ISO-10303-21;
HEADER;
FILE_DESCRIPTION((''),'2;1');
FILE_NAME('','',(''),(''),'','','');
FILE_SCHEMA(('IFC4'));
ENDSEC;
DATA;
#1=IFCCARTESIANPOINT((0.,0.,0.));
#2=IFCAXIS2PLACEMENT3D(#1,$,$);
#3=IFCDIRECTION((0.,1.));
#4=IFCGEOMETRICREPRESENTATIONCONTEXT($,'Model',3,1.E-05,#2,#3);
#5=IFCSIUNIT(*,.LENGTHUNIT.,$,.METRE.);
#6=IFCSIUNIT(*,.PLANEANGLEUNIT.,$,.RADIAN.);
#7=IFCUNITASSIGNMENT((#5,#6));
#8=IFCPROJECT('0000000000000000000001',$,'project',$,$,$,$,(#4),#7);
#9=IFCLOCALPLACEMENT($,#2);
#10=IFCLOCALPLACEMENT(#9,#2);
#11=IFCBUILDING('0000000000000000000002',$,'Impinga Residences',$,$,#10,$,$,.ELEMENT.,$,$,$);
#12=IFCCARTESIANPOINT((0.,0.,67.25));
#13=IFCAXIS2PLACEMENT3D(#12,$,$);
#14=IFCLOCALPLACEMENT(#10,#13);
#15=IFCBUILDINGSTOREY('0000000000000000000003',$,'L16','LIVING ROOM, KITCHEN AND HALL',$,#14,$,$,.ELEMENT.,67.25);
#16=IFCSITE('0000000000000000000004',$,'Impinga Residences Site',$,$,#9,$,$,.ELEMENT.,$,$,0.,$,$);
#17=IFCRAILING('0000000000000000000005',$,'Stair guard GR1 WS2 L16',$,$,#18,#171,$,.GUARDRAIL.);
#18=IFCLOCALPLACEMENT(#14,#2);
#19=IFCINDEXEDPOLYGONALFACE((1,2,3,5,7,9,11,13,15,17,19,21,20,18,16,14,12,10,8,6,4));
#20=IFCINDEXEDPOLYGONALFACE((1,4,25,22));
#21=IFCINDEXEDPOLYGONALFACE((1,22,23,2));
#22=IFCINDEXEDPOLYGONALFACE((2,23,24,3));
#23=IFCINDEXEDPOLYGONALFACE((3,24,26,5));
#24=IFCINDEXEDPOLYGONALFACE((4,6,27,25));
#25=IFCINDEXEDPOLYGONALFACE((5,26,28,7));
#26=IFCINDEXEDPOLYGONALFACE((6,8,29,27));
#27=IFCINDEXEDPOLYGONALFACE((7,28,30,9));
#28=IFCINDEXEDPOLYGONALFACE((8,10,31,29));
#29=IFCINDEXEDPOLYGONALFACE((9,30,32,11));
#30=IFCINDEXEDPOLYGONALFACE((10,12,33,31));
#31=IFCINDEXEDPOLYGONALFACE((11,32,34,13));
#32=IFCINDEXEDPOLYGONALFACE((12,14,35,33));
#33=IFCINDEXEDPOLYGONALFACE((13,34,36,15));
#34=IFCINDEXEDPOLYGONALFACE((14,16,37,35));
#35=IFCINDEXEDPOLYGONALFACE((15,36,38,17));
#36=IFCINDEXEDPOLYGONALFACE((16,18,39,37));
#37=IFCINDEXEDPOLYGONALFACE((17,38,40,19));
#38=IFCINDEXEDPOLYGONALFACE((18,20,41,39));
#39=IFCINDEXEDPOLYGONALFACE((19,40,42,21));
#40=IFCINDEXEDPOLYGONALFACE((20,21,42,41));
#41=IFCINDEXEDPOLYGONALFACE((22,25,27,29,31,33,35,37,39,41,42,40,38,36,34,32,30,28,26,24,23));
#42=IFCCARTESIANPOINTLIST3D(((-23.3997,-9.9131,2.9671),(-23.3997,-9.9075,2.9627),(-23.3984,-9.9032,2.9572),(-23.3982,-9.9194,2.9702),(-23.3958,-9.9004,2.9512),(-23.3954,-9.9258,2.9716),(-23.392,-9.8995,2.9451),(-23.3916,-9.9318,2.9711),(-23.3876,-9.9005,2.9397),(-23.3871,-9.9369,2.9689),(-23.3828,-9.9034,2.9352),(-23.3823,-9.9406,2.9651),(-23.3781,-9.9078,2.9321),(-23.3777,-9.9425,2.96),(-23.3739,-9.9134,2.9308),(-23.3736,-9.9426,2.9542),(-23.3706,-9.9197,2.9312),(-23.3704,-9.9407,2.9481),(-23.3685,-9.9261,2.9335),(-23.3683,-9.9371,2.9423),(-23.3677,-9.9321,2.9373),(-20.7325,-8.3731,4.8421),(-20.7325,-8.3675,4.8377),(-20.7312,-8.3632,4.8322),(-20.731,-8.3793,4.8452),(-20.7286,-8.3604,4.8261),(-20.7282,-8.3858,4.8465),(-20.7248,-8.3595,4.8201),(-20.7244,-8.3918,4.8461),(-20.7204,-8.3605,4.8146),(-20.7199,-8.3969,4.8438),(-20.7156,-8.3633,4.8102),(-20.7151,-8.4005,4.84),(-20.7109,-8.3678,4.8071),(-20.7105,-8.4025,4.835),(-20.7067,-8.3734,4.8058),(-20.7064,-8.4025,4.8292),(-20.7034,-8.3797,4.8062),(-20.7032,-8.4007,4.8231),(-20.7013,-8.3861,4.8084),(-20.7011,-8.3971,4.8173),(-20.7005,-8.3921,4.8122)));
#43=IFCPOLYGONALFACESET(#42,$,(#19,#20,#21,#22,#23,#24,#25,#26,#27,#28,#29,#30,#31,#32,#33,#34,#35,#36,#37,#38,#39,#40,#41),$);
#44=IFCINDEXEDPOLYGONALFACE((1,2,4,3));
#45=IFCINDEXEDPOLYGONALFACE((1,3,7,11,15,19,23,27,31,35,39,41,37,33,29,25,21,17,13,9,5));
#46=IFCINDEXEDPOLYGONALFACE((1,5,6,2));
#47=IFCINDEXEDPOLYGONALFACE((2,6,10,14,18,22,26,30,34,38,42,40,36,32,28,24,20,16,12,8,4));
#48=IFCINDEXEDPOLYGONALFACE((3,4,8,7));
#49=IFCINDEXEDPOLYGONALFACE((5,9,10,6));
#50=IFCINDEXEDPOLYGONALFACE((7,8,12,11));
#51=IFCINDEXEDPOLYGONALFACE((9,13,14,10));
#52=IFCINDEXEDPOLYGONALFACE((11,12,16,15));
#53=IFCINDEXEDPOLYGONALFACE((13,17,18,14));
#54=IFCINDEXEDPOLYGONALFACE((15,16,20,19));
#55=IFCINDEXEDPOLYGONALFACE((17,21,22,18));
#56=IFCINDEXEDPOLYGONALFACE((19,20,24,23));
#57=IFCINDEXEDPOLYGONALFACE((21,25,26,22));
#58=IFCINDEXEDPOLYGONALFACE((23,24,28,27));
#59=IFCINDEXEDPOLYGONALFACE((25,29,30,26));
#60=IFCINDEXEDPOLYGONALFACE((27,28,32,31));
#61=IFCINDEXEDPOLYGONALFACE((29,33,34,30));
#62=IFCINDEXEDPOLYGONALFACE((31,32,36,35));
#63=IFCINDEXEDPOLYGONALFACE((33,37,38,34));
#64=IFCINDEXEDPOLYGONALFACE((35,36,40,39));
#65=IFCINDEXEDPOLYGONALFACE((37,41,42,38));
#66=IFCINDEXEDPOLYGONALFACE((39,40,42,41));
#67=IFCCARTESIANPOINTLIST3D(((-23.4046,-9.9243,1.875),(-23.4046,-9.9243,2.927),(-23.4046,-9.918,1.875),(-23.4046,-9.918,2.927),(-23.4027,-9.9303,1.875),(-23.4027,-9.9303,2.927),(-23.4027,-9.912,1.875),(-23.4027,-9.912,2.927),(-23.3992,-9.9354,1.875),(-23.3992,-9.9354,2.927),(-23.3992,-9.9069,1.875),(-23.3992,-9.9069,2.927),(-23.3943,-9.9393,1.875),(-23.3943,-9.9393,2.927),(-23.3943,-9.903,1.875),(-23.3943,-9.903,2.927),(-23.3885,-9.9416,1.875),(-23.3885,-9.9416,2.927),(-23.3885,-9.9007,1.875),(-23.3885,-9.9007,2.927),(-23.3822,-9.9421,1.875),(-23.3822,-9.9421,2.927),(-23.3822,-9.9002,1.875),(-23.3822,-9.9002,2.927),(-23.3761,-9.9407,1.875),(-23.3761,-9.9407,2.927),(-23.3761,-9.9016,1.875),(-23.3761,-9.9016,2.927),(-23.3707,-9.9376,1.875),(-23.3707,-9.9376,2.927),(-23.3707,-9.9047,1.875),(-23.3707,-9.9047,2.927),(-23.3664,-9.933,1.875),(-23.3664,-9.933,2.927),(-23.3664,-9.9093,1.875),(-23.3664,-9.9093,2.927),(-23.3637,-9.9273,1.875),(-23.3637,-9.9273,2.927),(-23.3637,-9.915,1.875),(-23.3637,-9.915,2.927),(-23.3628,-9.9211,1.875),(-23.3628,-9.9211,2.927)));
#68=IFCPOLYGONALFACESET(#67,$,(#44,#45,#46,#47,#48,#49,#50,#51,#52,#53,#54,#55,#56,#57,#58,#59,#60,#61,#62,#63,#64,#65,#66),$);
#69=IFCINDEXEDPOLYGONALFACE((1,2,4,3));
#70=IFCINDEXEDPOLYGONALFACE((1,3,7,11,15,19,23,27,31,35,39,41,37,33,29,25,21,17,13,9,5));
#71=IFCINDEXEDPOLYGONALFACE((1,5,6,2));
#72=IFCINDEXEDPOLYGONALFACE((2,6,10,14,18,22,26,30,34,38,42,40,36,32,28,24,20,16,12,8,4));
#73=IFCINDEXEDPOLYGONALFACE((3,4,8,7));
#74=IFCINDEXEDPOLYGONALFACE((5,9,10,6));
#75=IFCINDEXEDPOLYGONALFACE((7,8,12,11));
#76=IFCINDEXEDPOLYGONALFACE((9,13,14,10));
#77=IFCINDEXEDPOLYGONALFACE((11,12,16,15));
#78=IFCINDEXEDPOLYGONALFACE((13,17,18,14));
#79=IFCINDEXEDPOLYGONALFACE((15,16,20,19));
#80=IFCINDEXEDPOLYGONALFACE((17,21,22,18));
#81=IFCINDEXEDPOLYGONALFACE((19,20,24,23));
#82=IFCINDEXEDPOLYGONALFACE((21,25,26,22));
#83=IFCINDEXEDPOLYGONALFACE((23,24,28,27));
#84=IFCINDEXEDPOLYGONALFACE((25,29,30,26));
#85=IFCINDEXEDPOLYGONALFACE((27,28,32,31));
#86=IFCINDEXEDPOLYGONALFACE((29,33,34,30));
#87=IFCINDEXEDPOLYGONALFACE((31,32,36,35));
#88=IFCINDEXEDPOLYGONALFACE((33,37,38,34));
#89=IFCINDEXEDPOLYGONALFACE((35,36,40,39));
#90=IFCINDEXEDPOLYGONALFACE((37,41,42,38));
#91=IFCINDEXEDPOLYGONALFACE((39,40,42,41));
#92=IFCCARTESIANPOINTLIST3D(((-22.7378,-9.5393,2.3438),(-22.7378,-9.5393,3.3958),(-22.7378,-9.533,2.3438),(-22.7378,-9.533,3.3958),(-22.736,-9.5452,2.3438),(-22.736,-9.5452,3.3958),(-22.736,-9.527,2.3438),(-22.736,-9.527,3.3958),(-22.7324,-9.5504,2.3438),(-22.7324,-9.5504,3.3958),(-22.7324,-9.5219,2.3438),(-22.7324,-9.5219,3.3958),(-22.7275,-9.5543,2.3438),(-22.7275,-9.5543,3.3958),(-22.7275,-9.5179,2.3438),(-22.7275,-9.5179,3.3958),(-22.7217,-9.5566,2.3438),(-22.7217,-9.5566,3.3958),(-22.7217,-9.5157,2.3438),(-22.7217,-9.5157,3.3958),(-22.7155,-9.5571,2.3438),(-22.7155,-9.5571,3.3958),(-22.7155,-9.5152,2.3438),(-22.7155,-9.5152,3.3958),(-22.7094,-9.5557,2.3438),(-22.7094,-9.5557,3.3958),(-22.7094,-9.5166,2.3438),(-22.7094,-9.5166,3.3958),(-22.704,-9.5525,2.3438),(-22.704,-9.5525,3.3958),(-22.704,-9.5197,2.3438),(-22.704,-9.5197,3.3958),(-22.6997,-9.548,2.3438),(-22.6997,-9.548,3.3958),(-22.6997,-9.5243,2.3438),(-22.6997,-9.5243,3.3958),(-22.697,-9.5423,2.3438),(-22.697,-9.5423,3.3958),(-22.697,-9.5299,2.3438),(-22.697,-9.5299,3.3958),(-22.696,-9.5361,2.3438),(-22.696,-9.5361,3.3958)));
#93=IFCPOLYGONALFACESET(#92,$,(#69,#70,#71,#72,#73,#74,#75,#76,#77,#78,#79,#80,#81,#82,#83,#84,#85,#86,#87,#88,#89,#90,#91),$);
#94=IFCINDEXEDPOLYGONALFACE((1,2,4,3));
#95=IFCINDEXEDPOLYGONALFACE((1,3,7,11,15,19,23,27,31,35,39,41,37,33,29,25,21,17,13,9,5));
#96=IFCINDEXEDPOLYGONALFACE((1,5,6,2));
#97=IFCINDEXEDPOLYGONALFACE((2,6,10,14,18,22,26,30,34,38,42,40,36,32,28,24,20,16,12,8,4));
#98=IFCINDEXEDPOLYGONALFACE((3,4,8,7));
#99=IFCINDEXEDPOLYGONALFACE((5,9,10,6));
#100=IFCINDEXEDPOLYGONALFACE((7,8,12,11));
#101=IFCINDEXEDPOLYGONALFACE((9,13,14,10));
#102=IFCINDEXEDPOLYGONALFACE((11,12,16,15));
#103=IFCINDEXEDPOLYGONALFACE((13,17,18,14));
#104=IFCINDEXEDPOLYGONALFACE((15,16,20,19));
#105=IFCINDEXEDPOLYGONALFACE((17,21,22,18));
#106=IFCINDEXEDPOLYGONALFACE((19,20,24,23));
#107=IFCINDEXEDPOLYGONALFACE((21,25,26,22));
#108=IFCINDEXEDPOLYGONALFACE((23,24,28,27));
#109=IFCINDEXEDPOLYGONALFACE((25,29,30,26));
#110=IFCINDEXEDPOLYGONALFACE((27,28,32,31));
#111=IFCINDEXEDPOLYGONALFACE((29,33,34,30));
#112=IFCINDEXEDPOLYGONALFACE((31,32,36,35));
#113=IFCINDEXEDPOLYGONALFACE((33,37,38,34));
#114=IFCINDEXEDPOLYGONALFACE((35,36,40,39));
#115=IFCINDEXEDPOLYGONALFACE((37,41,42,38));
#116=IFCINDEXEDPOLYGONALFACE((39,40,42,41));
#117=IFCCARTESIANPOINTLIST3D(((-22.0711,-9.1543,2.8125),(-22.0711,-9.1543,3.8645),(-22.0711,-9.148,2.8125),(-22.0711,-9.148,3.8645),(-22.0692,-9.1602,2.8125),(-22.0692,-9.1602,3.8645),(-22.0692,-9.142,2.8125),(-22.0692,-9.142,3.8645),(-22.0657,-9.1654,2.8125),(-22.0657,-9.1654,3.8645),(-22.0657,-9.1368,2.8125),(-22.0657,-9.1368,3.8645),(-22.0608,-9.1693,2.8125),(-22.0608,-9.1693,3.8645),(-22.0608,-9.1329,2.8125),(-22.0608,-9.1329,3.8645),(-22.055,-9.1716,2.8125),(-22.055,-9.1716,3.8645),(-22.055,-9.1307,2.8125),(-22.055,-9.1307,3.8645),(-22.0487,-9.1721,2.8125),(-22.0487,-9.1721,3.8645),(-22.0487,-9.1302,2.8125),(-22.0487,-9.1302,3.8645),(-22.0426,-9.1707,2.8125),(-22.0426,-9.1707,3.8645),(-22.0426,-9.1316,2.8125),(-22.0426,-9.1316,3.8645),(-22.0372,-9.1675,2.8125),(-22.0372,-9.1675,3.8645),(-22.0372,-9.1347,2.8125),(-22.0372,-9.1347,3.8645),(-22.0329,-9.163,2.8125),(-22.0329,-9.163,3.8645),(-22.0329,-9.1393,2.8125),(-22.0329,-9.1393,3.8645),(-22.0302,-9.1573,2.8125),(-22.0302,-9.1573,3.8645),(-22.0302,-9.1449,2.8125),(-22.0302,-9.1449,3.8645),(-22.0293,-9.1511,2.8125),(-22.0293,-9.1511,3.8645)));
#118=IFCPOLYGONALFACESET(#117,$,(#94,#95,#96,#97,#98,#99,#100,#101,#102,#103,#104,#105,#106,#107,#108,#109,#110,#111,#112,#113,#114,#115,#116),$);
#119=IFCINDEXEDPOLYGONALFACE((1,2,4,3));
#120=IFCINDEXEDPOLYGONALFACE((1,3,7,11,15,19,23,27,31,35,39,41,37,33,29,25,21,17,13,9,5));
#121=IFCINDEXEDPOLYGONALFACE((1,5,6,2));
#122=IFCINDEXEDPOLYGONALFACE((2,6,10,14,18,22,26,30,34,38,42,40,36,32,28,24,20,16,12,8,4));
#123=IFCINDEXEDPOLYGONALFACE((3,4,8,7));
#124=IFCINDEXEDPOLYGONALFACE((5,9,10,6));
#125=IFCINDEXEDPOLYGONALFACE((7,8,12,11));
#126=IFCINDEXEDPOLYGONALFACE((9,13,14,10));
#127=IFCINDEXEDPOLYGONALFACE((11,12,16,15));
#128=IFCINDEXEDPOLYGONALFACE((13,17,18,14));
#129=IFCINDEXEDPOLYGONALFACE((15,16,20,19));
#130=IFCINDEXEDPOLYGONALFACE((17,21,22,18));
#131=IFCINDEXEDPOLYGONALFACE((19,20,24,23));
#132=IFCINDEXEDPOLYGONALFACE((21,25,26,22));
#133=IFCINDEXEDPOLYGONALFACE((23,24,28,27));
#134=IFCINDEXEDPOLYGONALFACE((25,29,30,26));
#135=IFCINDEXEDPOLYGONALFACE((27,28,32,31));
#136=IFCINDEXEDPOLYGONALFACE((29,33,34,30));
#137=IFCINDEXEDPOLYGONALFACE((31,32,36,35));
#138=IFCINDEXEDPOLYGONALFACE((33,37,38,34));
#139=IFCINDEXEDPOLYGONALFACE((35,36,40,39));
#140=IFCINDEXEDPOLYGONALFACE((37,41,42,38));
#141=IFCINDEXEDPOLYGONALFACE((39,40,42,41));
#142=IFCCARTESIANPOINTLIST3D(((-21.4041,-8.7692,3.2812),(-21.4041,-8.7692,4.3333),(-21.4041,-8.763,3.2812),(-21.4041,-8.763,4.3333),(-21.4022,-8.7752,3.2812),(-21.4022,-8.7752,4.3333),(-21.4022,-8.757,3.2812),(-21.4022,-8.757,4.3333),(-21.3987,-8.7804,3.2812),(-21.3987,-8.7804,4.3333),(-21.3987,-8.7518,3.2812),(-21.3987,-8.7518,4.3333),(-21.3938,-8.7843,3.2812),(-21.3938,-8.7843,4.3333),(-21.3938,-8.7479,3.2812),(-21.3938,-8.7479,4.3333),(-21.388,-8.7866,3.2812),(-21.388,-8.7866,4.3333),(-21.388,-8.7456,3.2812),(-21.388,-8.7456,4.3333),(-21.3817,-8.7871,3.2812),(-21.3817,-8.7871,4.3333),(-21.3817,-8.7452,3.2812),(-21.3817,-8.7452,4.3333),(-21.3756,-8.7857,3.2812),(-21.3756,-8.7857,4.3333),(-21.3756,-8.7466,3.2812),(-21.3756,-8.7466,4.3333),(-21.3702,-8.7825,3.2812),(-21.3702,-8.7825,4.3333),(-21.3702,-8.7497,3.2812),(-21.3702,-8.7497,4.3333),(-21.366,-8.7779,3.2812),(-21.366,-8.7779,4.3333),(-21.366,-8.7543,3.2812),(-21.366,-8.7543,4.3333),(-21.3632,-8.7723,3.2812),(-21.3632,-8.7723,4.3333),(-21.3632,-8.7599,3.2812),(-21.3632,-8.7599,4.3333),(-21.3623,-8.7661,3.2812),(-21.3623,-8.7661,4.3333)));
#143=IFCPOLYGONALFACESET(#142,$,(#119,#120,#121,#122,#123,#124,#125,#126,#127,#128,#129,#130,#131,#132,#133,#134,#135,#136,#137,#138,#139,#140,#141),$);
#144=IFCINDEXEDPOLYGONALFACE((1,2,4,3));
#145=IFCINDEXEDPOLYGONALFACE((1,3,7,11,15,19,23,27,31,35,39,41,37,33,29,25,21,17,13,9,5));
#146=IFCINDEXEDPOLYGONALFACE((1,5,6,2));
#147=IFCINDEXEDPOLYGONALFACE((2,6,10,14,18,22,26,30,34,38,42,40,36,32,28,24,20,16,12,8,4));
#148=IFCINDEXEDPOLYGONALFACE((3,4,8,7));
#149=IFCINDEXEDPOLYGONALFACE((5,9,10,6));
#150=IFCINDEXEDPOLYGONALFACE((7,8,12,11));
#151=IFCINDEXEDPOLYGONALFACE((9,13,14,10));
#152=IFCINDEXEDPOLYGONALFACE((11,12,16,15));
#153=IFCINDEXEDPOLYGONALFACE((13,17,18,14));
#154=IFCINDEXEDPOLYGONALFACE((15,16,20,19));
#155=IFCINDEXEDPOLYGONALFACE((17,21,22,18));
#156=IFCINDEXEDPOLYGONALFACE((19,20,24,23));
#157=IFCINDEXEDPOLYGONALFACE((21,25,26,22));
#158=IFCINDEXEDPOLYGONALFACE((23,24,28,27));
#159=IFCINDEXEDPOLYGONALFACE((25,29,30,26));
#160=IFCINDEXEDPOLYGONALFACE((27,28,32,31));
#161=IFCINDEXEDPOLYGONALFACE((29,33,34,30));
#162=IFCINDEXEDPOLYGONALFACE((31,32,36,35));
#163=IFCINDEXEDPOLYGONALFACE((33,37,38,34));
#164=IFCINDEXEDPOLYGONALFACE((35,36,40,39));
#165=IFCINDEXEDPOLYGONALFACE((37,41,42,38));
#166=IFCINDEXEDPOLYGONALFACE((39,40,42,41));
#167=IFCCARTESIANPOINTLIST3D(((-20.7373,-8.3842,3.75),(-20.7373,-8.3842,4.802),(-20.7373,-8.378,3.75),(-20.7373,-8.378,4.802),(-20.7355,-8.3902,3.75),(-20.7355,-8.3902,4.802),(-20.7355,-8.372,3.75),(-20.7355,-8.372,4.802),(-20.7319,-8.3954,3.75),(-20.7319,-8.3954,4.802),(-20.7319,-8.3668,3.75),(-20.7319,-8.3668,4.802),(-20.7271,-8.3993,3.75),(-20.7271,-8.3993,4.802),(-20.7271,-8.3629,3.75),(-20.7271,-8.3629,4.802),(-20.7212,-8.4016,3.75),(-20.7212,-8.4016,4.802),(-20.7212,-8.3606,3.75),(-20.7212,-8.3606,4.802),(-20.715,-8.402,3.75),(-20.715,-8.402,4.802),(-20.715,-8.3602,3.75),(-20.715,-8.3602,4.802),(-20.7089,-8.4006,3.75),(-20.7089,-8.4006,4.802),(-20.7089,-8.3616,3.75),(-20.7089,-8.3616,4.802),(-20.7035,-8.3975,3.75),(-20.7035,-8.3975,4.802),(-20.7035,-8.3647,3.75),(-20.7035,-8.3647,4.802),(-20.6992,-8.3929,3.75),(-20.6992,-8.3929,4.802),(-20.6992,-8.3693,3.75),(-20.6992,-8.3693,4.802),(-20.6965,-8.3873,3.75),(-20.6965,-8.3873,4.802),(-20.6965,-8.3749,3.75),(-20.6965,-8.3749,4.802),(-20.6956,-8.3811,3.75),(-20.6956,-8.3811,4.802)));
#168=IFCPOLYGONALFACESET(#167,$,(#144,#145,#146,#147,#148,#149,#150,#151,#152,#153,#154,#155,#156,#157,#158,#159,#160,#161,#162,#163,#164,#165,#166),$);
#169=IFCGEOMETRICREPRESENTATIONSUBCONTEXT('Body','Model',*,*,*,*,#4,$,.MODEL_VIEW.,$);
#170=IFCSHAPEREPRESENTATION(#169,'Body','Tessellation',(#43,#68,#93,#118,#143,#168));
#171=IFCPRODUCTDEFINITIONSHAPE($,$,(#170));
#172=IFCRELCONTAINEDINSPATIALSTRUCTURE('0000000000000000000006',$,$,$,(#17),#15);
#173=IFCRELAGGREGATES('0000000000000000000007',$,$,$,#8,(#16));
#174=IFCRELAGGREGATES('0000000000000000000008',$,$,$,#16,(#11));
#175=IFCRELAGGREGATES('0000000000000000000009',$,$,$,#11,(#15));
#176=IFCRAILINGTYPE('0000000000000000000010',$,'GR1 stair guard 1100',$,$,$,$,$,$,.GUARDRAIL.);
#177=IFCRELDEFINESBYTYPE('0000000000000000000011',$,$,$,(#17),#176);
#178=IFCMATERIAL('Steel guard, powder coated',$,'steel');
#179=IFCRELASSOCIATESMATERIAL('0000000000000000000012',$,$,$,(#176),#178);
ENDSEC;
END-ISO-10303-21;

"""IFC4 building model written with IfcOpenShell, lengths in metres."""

from ifc_helpers import new_model, si_unit, direction, frame, origin, origin_2d, place, context, subcontext, project, spatial, circle, extrude, material, type_object, element, save


model = new_model("IFC4")

# Units and contexts
model_context = context("Model", 3, precision=1e-05, world=origin(), true_north=direction((0.0, 1.0)))
body_context = subcontext(model_context, "Body", "Model", "MODEL_VIEW")
ifc_project = project(units=[si_unit("LENGTHUNIT", "METRE"), si_unit("PLANEANGLEUNIT", "RADIAN")], contexts=[model_context])

# Site, building, storey
site_placement = place(None, origin())
site = spatial("IfcSite", under=ifc_project, at=site_placement, Name="Impinga Residences Site", CompositionType="ELEMENT", RefElevation=0.0)
building_placement = place(site_placement, origin())
building = spatial("IfcBuilding", under=site, at=building_placement, Name="Impinga Residences", CompositionType="ELEMENT")
storey_placement = place(building_placement, frame((0.0, 0.0, 67.25)))
storey = spatial("IfcBuildingStorey", under=building, at=storey_placement, Name="L16", Description="LIVING ROOM, KITCHEN AND HALL", CompositionType="ELEMENT", Elevation=67.25)

# Railing
ifc_material_1 = material(Name="Steel guard, powder coated", Category="steel")
railing_type_1 = type_object("IfcRailingType", Name="GR1 stair guard 1100", PredefinedType="GUARDRAIL", material=ifc_material_1)
railing_1_placement = place(storey_placement, frame((-23.3838, -9.9211, 1.875)))
element("IfcRailing", 1, at=railing_1_placement, inside=storey, type_object=railing_type_1, Name="Stair guard GR1 WS2 L16", PredefinedType="GUARDRAIL", context=body_context, shape_type="SweptSolid", body=[
    extrude(circle(Radius=0.0239, at=origin_2d()), frame((0.0, 0.0, 1.0762), z_axis=(0.739716, 0.427105, 0.520002), x_axis=(-0.500027, 0.86601, 0.0)), (0.0, 0.0, 1.0), 3.6057),
    extrude(circle(Radius=0.021, at=origin_2d()), origin(), (0.0, 0.0, 1.0), 1.052),
    extrude(circle(Radius=0.021, at=origin_2d()), frame((0.6667, 0.385, 0.4688)), (0.0, 0.0, 1.0), 1.052),
    extrude(circle(Radius=0.021, at=origin_2d()), frame((1.3335, 0.77, 0.9375)), (0.0, 0.0, 1.0), 1.052),
    extrude(circle(Radius=0.021, at=origin_2d()), frame((2.0005, 1.155, 1.4062)), (0.0, 0.0, 1.0), 1.052),
    extrude(circle(Radius=0.021, at=origin_2d()), frame((2.6672, 1.54, 1.875)), (0.0, 0.0, 1.0), 1.052),
])

save(model, "model.ifc")
